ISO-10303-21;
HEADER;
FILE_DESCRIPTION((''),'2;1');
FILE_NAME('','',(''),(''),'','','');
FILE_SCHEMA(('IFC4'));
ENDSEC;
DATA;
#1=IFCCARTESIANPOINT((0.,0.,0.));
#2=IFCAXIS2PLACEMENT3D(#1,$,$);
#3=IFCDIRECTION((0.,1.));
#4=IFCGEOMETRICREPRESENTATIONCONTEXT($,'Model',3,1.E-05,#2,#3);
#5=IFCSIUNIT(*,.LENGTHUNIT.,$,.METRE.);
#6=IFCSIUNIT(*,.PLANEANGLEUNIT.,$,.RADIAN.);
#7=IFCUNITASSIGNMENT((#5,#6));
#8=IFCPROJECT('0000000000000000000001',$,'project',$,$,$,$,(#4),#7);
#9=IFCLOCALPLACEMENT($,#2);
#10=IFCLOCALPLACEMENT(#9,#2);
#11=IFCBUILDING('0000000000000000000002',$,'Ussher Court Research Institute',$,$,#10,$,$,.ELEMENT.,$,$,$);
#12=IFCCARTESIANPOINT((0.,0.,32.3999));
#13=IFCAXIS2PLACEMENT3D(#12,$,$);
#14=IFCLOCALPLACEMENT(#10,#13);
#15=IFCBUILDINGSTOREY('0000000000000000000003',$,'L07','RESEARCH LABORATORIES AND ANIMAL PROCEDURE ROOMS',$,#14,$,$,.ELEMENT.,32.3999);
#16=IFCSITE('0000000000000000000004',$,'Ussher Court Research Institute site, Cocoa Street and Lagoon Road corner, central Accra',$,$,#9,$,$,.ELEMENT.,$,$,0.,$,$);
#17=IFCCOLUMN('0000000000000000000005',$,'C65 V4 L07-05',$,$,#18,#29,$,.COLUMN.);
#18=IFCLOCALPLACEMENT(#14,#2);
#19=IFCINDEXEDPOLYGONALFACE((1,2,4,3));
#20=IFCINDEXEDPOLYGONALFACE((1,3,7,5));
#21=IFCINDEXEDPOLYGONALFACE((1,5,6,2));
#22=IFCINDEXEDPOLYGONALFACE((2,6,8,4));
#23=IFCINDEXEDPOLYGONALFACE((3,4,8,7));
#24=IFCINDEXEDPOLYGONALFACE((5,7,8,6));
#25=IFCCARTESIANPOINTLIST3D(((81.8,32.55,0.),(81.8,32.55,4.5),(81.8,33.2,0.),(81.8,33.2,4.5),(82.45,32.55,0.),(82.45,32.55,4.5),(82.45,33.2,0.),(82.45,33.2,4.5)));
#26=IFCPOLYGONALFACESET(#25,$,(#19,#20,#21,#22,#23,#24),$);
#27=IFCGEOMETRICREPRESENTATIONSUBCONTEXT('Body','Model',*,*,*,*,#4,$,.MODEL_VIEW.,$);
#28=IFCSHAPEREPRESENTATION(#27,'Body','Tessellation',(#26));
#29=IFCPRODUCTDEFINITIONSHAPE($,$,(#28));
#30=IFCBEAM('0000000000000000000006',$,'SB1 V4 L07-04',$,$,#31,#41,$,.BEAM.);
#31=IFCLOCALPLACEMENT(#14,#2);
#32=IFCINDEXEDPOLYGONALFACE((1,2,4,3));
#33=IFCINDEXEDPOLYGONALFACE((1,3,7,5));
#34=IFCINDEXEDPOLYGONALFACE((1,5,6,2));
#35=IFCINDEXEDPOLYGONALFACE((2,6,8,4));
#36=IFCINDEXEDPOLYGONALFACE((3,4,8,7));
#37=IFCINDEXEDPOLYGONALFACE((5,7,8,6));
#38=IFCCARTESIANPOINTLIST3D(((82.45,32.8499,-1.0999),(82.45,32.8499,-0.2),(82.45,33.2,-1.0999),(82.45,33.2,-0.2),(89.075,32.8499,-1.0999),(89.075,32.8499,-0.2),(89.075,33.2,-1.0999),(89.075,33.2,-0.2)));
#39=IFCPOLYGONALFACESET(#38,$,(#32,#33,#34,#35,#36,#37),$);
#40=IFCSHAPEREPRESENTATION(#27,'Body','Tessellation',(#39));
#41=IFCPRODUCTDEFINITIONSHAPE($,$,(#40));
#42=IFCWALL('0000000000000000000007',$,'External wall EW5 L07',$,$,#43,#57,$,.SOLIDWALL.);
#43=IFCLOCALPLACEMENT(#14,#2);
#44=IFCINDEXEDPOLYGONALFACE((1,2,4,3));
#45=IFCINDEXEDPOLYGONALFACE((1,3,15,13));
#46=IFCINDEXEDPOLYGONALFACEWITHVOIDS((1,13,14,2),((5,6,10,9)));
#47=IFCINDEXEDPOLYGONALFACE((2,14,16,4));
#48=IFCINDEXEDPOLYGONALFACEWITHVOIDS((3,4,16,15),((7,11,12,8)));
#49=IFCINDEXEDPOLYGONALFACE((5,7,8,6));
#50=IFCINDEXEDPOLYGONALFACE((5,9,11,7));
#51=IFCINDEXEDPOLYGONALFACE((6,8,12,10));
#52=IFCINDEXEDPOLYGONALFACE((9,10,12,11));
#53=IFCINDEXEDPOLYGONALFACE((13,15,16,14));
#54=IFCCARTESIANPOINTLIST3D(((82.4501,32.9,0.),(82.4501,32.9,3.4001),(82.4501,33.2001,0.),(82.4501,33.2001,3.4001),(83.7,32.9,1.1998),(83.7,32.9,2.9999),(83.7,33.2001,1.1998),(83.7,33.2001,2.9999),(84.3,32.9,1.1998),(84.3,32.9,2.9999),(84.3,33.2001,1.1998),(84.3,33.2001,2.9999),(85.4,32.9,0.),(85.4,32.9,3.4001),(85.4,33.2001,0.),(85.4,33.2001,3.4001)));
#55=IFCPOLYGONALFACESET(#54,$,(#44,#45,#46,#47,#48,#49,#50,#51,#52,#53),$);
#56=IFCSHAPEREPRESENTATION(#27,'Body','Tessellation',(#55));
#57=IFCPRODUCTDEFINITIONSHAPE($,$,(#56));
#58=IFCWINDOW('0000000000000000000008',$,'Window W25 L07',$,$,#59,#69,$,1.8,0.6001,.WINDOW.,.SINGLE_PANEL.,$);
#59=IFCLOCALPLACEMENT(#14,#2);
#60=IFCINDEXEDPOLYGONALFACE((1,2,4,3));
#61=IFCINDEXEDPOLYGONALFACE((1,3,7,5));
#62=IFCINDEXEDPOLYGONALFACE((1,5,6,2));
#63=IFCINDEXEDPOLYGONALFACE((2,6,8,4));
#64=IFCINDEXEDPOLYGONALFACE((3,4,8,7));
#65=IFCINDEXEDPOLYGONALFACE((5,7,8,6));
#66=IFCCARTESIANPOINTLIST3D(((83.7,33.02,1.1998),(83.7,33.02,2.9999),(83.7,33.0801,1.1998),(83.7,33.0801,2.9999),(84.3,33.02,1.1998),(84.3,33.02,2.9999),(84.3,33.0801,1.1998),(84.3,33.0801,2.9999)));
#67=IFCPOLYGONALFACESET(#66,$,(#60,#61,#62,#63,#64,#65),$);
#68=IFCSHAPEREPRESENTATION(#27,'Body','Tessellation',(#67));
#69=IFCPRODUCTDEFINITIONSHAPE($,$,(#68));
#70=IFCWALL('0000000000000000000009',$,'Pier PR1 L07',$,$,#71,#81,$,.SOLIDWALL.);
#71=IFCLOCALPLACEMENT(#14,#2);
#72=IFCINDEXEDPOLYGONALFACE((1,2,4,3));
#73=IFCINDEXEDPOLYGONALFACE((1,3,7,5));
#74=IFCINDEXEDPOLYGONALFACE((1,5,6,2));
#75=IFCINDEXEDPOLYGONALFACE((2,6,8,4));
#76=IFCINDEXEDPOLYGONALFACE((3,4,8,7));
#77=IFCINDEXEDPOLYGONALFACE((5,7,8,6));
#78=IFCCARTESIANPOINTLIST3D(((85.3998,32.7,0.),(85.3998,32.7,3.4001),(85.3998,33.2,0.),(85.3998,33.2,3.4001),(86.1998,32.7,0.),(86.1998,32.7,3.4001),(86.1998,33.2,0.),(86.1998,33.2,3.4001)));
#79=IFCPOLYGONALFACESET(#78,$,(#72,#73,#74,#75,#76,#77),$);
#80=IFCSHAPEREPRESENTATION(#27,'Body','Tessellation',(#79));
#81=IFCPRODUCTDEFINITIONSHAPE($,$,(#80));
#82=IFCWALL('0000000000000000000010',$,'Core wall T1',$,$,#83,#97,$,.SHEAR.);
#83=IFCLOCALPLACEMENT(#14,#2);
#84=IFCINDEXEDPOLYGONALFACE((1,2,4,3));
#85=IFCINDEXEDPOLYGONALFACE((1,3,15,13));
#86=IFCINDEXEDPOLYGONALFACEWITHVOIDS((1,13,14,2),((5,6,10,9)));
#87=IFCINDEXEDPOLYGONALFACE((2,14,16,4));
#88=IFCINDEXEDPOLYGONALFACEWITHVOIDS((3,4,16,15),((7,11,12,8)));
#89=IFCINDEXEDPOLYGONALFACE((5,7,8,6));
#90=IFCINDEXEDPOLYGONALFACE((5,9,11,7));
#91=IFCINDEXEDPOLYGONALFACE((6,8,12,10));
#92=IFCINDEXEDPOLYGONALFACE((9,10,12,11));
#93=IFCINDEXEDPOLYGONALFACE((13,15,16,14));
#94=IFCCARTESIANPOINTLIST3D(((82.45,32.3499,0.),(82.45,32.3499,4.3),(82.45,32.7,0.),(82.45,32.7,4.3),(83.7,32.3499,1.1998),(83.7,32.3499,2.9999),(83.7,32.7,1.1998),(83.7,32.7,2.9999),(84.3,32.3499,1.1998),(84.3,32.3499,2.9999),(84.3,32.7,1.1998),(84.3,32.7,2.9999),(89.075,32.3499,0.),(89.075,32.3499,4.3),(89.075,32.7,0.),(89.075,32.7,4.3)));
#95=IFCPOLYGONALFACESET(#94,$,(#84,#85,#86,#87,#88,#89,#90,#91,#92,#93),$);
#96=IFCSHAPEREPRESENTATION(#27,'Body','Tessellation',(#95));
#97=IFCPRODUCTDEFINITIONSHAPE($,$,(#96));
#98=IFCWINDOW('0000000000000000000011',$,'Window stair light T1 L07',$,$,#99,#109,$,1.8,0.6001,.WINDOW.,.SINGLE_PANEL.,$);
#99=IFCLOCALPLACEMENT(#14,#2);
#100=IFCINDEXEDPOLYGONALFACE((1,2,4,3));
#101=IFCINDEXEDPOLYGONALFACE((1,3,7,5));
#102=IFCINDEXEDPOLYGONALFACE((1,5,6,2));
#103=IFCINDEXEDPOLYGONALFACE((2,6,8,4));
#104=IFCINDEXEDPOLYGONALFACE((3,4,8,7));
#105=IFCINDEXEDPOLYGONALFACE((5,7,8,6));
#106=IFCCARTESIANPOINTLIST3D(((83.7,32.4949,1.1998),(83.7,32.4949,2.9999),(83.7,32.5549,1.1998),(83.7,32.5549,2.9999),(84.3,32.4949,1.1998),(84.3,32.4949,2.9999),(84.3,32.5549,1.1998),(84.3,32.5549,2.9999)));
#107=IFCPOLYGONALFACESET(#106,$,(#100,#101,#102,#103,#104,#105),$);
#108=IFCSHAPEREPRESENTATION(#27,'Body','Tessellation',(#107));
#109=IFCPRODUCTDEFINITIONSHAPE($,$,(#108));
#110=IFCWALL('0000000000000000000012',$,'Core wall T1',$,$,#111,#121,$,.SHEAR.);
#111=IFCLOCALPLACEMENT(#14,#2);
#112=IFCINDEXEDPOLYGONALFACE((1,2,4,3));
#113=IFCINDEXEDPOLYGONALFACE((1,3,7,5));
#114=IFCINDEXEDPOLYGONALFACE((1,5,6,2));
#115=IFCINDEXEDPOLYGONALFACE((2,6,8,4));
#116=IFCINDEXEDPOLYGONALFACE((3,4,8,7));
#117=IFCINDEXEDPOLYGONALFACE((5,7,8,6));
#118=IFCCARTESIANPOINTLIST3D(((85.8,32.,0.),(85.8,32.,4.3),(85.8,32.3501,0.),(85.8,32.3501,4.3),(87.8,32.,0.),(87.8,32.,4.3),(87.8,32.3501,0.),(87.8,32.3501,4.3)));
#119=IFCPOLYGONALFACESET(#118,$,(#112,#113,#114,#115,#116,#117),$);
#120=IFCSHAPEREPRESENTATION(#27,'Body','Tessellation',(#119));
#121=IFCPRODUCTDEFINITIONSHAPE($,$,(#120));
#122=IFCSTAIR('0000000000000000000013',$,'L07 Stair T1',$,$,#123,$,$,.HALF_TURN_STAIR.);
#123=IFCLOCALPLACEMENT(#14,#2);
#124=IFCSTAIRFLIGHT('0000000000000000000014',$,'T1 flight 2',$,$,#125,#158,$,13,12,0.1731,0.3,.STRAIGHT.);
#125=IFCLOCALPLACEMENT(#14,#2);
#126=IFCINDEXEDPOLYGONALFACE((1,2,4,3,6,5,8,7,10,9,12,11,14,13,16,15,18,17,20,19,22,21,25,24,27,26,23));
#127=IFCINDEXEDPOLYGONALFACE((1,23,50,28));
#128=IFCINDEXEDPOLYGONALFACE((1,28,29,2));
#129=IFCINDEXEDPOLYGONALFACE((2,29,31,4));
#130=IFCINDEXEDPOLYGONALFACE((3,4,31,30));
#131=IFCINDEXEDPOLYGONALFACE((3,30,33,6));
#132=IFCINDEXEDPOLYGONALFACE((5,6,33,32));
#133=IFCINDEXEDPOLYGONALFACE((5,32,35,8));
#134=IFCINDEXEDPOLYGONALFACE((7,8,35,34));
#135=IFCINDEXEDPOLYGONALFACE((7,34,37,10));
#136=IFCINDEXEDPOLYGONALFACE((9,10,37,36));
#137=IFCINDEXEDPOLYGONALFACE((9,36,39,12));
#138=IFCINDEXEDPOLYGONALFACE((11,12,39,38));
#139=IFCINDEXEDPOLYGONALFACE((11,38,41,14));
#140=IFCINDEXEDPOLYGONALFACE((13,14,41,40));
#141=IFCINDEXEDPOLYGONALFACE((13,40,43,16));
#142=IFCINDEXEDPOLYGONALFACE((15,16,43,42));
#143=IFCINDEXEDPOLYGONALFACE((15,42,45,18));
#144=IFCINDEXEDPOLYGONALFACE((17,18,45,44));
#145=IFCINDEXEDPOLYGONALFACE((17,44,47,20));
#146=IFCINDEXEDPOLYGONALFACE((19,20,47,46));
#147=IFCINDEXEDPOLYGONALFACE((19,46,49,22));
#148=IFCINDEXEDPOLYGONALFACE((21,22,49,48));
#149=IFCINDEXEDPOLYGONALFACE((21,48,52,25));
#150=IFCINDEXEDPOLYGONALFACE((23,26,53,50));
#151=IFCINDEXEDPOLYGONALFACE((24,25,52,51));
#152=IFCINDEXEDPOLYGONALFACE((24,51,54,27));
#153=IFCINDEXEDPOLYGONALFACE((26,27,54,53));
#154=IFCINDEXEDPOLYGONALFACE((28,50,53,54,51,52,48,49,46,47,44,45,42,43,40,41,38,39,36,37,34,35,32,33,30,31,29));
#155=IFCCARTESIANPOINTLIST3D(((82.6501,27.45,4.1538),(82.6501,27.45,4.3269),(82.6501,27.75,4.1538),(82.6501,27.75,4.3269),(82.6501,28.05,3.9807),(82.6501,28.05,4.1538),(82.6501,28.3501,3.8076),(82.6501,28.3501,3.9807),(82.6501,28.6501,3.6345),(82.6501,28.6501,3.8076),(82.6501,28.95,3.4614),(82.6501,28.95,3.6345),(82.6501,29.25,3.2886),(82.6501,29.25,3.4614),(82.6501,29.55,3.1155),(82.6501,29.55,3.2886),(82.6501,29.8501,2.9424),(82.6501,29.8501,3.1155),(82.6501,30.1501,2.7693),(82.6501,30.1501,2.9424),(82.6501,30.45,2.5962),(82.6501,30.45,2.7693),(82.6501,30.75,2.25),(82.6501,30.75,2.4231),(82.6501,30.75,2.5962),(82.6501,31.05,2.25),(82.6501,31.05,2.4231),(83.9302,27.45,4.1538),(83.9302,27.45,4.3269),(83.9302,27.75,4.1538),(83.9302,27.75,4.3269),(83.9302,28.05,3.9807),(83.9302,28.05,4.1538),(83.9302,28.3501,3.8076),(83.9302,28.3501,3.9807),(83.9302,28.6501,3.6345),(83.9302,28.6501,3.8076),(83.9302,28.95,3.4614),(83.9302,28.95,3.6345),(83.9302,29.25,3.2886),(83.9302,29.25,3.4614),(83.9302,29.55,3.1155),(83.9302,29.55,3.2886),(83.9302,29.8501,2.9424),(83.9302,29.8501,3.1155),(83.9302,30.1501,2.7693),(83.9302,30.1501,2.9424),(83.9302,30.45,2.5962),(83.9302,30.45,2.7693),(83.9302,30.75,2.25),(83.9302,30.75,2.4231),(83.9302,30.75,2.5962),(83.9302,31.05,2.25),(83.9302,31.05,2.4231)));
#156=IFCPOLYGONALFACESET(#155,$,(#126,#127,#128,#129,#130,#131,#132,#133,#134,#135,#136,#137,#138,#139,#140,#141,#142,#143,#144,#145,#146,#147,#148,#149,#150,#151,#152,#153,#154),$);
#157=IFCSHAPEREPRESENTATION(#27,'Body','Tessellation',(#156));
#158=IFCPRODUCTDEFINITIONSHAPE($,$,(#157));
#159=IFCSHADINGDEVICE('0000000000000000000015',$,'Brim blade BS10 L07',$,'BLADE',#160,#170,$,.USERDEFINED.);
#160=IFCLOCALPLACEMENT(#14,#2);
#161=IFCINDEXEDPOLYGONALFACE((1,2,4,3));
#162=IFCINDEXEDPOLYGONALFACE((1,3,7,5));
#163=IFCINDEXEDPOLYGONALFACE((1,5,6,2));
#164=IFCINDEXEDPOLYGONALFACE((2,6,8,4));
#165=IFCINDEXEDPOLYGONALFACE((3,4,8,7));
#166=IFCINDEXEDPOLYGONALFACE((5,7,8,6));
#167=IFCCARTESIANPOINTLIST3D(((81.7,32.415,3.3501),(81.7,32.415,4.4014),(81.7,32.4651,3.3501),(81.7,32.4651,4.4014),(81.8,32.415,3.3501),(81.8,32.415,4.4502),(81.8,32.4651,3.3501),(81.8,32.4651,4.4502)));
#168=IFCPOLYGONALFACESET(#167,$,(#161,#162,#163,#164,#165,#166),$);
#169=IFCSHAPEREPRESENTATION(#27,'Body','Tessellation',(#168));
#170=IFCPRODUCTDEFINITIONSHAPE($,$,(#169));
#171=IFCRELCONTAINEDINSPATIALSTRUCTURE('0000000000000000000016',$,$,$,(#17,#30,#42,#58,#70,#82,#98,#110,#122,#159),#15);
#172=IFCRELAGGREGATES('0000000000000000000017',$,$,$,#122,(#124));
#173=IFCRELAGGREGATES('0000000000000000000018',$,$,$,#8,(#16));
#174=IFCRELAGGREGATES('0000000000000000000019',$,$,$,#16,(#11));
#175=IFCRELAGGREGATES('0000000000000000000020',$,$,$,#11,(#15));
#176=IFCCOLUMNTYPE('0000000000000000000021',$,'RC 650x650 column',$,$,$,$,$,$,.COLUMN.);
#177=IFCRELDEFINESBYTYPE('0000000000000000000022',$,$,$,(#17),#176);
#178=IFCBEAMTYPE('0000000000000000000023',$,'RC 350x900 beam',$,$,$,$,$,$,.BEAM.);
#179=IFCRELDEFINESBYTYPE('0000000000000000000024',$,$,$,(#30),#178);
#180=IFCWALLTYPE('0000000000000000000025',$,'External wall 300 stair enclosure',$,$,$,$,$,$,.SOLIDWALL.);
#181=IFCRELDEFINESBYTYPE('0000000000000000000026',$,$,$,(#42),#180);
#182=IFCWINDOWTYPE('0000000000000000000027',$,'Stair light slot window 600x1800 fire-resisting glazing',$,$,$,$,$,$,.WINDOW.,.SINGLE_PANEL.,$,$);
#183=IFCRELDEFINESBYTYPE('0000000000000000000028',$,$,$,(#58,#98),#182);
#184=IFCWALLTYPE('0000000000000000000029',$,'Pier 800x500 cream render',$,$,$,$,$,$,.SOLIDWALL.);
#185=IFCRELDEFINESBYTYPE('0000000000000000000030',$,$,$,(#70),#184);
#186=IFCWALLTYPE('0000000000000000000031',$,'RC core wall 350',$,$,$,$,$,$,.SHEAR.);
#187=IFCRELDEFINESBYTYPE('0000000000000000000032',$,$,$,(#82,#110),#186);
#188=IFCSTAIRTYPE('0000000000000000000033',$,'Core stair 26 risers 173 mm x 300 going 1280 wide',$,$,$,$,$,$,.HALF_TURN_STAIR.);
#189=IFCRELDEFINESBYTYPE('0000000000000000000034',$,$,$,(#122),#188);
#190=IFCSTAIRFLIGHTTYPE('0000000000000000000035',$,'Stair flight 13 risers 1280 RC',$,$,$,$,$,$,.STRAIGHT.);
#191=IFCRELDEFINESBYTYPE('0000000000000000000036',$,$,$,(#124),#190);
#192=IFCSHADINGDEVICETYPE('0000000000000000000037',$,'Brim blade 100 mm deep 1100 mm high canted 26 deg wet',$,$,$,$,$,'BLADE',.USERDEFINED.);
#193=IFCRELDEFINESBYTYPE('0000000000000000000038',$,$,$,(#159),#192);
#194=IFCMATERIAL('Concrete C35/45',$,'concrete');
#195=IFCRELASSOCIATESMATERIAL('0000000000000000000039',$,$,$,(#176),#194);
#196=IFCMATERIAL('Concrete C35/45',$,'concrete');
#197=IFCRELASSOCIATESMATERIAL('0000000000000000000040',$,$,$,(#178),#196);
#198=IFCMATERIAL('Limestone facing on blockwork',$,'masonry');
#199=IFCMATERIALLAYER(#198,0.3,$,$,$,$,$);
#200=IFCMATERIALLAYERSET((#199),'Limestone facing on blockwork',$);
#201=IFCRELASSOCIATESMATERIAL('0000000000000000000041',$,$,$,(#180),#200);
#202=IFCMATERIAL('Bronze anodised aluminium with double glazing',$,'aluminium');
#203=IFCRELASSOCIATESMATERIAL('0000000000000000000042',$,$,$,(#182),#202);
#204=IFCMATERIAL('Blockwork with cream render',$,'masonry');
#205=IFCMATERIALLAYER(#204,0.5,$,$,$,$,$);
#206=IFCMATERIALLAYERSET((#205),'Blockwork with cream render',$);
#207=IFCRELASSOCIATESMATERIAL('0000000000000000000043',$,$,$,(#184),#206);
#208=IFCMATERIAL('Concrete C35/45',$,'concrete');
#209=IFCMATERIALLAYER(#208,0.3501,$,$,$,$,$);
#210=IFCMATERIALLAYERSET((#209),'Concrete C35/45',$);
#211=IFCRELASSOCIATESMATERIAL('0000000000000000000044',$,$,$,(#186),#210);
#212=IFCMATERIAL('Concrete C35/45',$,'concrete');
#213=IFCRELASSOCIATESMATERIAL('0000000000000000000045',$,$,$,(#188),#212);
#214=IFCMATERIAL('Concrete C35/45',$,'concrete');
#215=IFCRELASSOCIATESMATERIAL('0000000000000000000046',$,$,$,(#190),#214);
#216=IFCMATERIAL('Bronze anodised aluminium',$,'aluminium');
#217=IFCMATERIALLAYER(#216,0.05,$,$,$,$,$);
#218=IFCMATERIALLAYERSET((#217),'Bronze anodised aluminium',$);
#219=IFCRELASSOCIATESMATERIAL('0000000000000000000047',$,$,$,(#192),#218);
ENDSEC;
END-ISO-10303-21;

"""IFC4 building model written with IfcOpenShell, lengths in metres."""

from ifc_helpers import new_model, si_unit, direction, frame, frame_2d, origin, origin_2d, place, context, subcontext, project, spatial, polyline, rectangle, outline, extrude, material, layer, layer_set, material_profile, profile_set, type_object, element, fill, aggregate, save


model = new_model("IFC4")

# Units and contexts
model_context = context("Model", 3, precision=1e-05, world=origin(), true_north=direction((0.0, 1.0)))
body_context = subcontext(model_context, "Body", "Model", "MODEL_VIEW")
ifc_project = project(units=[si_unit("LENGTHUNIT", "METRE"), si_unit("PLANEANGLEUNIT", "RADIAN")], contexts=[model_context])

# Site, building, storey
site_placement = place(None, origin())
site = spatial("IfcSite", under=ifc_project, at=site_placement, Name="Ussher Court Research Institute site, Cocoa Street and Lagoon Road corner, central Accra", CompositionType="ELEMENT", RefElevation=0.0)
building_placement = place(site_placement, origin())
building = spatial("IfcBuilding", under=site, at=building_placement, Name="Ussher Court Research Institute", CompositionType="ELEMENT")
storey_placement = place(building_placement, frame((0.0, 0.0, 32.3999)))
storey = spatial("IfcBuildingStorey", under=building, at=storey_placement, Name="L07", Description="RESEARCH LABORATORIES AND ANIMAL PROCEDURE ROOMS", CompositionType="ELEMENT", Elevation=32.3999)

# Column
ifc_material_1 = material(Name="Concrete C35/45", Category="concrete")
ifc_material_profile_1 = material_profile(ifc_material_1, rectangle(XDim=0.6499, YDim=0.6499, at=origin_2d()), Name="RC 650x650")
ifc_profile_set_1 = profile_set([ifc_material_profile_1], Name="Concrete C35/45")
column_type = type_object("IfcColumnType", Name="RC 650x650 column", PredefinedType="COLUMN", material=ifc_profile_set_1)
column_placement = place(storey_placement, frame((82.125, 32.875, 0.0), z_axis=(0.0, 0.0, 1.0), x_axis=(1.0, 0.0, 0.0)))
element("IfcColumn", 1, at=column_placement, inside=storey, type_object=column_type, Name="C65 V4 L07-05", PredefinedType="COLUMN", context=body_context, shape_type="SweptSolid", body=[
    extrude(rectangle(XDim=0.6499, YDim=0.6499, at=origin_2d()), origin(), (0.0, 0.0, 1.0), 4.5),
])

# Beam
ifc_material_2 = material(Name="Concrete C35/45", Category="concrete")
ifc_material_profile_2 = material_profile(ifc_material_2, rectangle(XDim=0.3501, YDim=0.8999, at=origin_2d()), Name="RC 350x900")
ifc_profile_set_2 = profile_set([ifc_material_profile_2], Name="Concrete C35/45")
beam_type = type_object("IfcBeamType", Name="RC 350x900 beam", PredefinedType="BEAM", material=ifc_profile_set_2)
beam_placement = place(storey_placement, frame((82.45, 33.0249, -0.6499), z_axis=(1.0, 0.0, 0.0), x_axis=(0.0, 1.0, 0.0)))
element("IfcBeam", 2, at=beam_placement, inside=storey, type_object=beam_type, Name="SB1 V4 L07-04", PredefinedType="BEAM", context=body_context, shape_type="SweptSolid", body=[
    extrude(rectangle(XDim=0.3501, YDim=0.8999, at=origin_2d()), origin(), (0.0, 0.0, 1.0), 6.625),
])

# Wall, opening, window
ifc_material_3 = material(Name="Limestone facing on blockwork", Category="masonry")
ifc_layer_1 = layer(ifc_material_3, 0.3)
ifc_layer_set_1 = layer_set([ifc_layer_1], Name="Limestone facing on blockwork")
wall_type_1 = type_object("IfcWallType", Name="External wall 300 stair enclosure", PredefinedType="SOLIDWALL", material=ifc_layer_set_1)
wall_1_placement = place(storey_placement, frame((82.45, 33.05, 0.0), z_axis=(0.0, 0.0, 1.0), x_axis=(1.0, 0.0, 0.0)))
wall_1 = element("IfcWall", 3, at=wall_1_placement, inside=storey, type_object=wall_type_1, Name="External wall EW5 L07", PredefinedType="SOLIDWALL", context=body_context, shape_type="SweptSolid", body=[
    extrude(rectangle(XDim=2.95, YDim=0.3, at=frame_2d((1.4751, 0.0))), origin(), (0.0, 0.0, 1.0), 3.4001),
])
opening_1_placement = place(wall_1_placement, frame((1.25, 0.0, 1.2)))
opening_1 = element("IfcOpeningElement", 4, at=opening_1_placement, cuts=wall_1, PredefinedType="OPENING", context=body_context, shape_type="SweptSolid", body=[
    extrude(rectangle(XDim=0.6001, YDim=1.8, at=frame_2d((0.3, 0.8999))), frame((0.0, 0.1602, 0.0), z_axis=(0.0, -1.0, 0.0), x_axis=(1.0, 0.0, 0.0)), (0.0, 0.0, 1.0), 0.3201),
])
ifc_material_4 = material(Name="Bronze anodised aluminium with double glazing", Category="aluminium")
window_type = type_object("IfcWindowType", Name="Stair light slot window 600x1800 fire-resisting glazing", PartitioningType="SINGLE_PANEL", PredefinedType="WINDOW", material=ifc_material_4)
window_1_placement = place(opening_1_placement, origin())
window_1 = element("IfcWindow", 5, at=window_1_placement, inside=storey, type_object=window_type, Name="Window W25 L07", OverallHeight=1.8, OverallWidth=0.6001, PartitioningType="SINGLE_PANEL", PredefinedType="WINDOW", context=body_context, shape_type="SweptSolid", body=[
    extrude(rectangle(XDim=0.6001, YDim=1.8, at=frame_2d((0.3, 0.8999))), frame((0.0, 0.03, 0.0), z_axis=(0.0, -1.0, 0.0), x_axis=(1.0, 0.0, 0.0)), (0.0, 0.0, 1.0), 0.0601),
])
fill(opening_1, window_1)

# Wall
ifc_material_5 = material(Name="Blockwork with cream render", Category="masonry")
ifc_layer_2 = layer(ifc_material_5, 0.5)
ifc_layer_set_2 = layer_set([ifc_layer_2], Name="Blockwork with cream render")
wall_type_2 = type_object("IfcWallType", Name="Pier 800x500 cream render", PredefinedType="SOLIDWALL", material=ifc_layer_set_2)
wall_2_placement = place(storey_placement, frame((85.3999, 32.95, 0.0), z_axis=(0.0, 0.0, 1.0), x_axis=(1.0, 0.0, 0.0)))
element("IfcWall", 6, at=wall_2_placement, inside=storey, type_object=wall_type_2, Name="Pier PR1 L07", PredefinedType="SOLIDWALL", context=body_context, shape_type="SweptSolid", body=[
    extrude(rectangle(XDim=0.8, YDim=0.5, at=frame_2d((0.3999, 0.0))), origin(), (0.0, 0.0, 1.0), 3.4001),
])

# Wall, opening, window
ifc_material_6 = material(Name="Concrete C35/45", Category="concrete")
ifc_layer_3 = layer(ifc_material_6, 0.3501)
ifc_layer_set_3 = layer_set([ifc_layer_3], Name="Concrete C35/45")
wall_type_3 = type_object("IfcWallType", Name="RC core wall 350", PredefinedType="SHEAR", material=ifc_layer_set_3)
wall_3_placement = place(storey_placement, frame((82.45, 32.5249, 0.0), z_axis=(0.0, 0.0, 1.0), x_axis=(1.0, 0.0, 0.0)))
wall_3 = element("IfcWall", 7, at=wall_3_placement, inside=storey, type_object=wall_type_3, Name="Core wall T1", PredefinedType="SHEAR", context=body_context, shape_type="SweptSolid", body=[
    extrude(rectangle(XDim=6.625, YDim=0.3501, at=frame_2d((3.3125, 0.0))), origin(), (0.0, 0.0, 1.0), 4.3),
])
opening_2_placement = place(wall_3_placement, frame((1.25, 0.0, 1.2)))
opening_2 = element("IfcOpeningElement", 8, at=opening_2_placement, cuts=wall_3, PredefinedType="OPENING", context=body_context, shape_type="SweptSolid", body=[
    extrude(rectangle(XDim=0.6001, YDim=1.8, at=frame_2d((0.3, 0.8999))), frame((0.0, 0.1851, 0.0), z_axis=(0.0, -1.0, 0.0), x_axis=(1.0, 0.0, 0.0)), (0.0, 0.0, 1.0), 0.3701),
])
window_2_placement = place(opening_2_placement, origin())
window_2 = element("IfcWindow", 9, at=window_2_placement, inside=storey, type_object=window_type, Name="Window stair light T1 L07", OverallHeight=1.8, OverallWidth=0.6001, PartitioningType="SINGLE_PANEL", PredefinedType="WINDOW", context=body_context, shape_type="SweptSolid", body=[
    extrude(rectangle(XDim=0.6001, YDim=1.8, at=frame_2d((0.3, 0.8999))), frame((0.0, 0.03, 0.0), z_axis=(0.0, -1.0, 0.0), x_axis=(1.0, 0.0, 0.0)), (0.0, 0.0, 1.0), 0.0601),
])
fill(opening_2, window_2)

# Wall
wall_4_placement = place(storey_placement, frame((85.8, 32.175, 0.0), z_axis=(0.0, 0.0, 1.0), x_axis=(1.0, 0.0, 0.0)))
element("IfcWall", 10, at=wall_4_placement, inside=storey, type_object=wall_type_3, Name="Core wall T1", PredefinedType="SHEAR", context=body_context, shape_type="SweptSolid", body=[
    extrude(rectangle(XDim=2.0, YDim=0.3501, at=frame_2d((1.0, 0.0))), origin(), (0.0, 0.0, 1.0), 4.3),
])

# Stair, stair flight
ifc_material_7 = material(Name="Concrete C35/45", Category="concrete")
stair_type = type_object("IfcStairType", Name="Core stair 26 risers 173 mm x 300 going 1280 wide", PredefinedType="HALF_TURN_STAIR", material=ifc_material_7)
stair_placement = place(storey_placement, origin())
stair = element("IfcStair", 11, at=stair_placement, inside=storey, type_object=stair_type, Name="L07 Stair T1", PredefinedType="HALF_TURN_STAIR")
ifc_material_8 = material(Name="Concrete C35/45", Category="concrete")
stair_flight_type = type_object("IfcStairFlightType", Name="Stair flight 13 risers 1280 RC", PredefinedType="STRAIGHT", material=ifc_material_8)
stair_flight_placement = place(storey_placement, frame((83.29, 31.05, 2.25), z_axis=(0.0, 0.0, 1.0), x_axis=(0.0, -1.0, 0.0)))
stair_flight = element("IfcStairFlight", 12, at=stair_flight_placement, type_object=stair_flight_type, Name="T1 flight 2", NumberOfRisers=13, NumberOfTreads=12, PredefinedType="STRAIGHT", RiserHeight=0.1731, TreadLength=0.3, context=body_context, shape_type="SweptSolid", body=[
    extrude(outline(polyline([(0.0, 0.0), (0.0, 0.1731), (0.3, 0.1731), (0.3, 0.3462), (0.6001, 0.3462), (0.6001, 0.5193), (0.8999, 0.5193), (0.8999, 0.6924), (1.2, 0.6924), (1.2, 0.8655), (1.5, 0.8655), (1.5, 1.0386), (1.8, 1.0386), (1.8, 1.2114), (2.1001, 1.2114), (2.1001, 1.3845), (2.3999, 1.3845), (2.3999, 1.5576), (2.7, 1.5576), (2.7, 1.7307), (3.0, 1.7307), (3.0, 1.9038), (3.3, 1.9038), (3.3, 2.0769), (3.6001, 2.0769), (3.6001, 2.25), (3.6001, 1.9038), (0.3, 0.0), (0.0, 0.0)])), frame((0.0, 0.6401, 0.0), z_axis=(0.0, -1.0, 0.0), x_axis=(1.0, 0.0, 0.0)), (0.0, 0.0, 1.0), 1.28),
])
aggregate(stair, [stair_flight])

# Shading device
ifc_material_9 = material(Name="Bronze anodised aluminium", Category="aluminium")
ifc_layer_4 = layer(ifc_material_9, 0.05)
ifc_layer_set_4 = layer_set([ifc_layer_4], Name="Bronze anodised aluminium")
shading_device_type_1 = type_object("IfcShadingDeviceType", Name="Brim blade 100 mm deep 1100 mm high canted 26 deg wet", ElementType="BLADE", PredefinedType="USERDEFINED", material=ifc_layer_set_4)
shading_device_1_placement = place(storey_placement, frame((81.8, 32.4399, 3.3501), z_axis=(0.0, 0.0, 1.0), x_axis=(-1.0, 0.0, 0.0)))
element("IfcShadingDevice", 13, at=shading_device_1_placement, inside=storey, type_object=shading_device_type_1, Name="Brim blade BS10 L07", ObjectType="BLADE", PredefinedType="USERDEFINED", context=body_context, shape_type="SweptSolid", body=[
    extrude(outline(polyline([(0.0, 0.0), (0.1001, 0.0), (0.1001, 1.0513), (0.0, 1.1001), (0.0, 0.0)])), frame((0.0, 0.0249, 0.0), z_axis=(0.0, -1.0, 0.0), x_axis=(1.0, 0.0, 0.0)), (0.0, 0.0, 1.0), 0.05),
])

save(model, "model.ifc")
